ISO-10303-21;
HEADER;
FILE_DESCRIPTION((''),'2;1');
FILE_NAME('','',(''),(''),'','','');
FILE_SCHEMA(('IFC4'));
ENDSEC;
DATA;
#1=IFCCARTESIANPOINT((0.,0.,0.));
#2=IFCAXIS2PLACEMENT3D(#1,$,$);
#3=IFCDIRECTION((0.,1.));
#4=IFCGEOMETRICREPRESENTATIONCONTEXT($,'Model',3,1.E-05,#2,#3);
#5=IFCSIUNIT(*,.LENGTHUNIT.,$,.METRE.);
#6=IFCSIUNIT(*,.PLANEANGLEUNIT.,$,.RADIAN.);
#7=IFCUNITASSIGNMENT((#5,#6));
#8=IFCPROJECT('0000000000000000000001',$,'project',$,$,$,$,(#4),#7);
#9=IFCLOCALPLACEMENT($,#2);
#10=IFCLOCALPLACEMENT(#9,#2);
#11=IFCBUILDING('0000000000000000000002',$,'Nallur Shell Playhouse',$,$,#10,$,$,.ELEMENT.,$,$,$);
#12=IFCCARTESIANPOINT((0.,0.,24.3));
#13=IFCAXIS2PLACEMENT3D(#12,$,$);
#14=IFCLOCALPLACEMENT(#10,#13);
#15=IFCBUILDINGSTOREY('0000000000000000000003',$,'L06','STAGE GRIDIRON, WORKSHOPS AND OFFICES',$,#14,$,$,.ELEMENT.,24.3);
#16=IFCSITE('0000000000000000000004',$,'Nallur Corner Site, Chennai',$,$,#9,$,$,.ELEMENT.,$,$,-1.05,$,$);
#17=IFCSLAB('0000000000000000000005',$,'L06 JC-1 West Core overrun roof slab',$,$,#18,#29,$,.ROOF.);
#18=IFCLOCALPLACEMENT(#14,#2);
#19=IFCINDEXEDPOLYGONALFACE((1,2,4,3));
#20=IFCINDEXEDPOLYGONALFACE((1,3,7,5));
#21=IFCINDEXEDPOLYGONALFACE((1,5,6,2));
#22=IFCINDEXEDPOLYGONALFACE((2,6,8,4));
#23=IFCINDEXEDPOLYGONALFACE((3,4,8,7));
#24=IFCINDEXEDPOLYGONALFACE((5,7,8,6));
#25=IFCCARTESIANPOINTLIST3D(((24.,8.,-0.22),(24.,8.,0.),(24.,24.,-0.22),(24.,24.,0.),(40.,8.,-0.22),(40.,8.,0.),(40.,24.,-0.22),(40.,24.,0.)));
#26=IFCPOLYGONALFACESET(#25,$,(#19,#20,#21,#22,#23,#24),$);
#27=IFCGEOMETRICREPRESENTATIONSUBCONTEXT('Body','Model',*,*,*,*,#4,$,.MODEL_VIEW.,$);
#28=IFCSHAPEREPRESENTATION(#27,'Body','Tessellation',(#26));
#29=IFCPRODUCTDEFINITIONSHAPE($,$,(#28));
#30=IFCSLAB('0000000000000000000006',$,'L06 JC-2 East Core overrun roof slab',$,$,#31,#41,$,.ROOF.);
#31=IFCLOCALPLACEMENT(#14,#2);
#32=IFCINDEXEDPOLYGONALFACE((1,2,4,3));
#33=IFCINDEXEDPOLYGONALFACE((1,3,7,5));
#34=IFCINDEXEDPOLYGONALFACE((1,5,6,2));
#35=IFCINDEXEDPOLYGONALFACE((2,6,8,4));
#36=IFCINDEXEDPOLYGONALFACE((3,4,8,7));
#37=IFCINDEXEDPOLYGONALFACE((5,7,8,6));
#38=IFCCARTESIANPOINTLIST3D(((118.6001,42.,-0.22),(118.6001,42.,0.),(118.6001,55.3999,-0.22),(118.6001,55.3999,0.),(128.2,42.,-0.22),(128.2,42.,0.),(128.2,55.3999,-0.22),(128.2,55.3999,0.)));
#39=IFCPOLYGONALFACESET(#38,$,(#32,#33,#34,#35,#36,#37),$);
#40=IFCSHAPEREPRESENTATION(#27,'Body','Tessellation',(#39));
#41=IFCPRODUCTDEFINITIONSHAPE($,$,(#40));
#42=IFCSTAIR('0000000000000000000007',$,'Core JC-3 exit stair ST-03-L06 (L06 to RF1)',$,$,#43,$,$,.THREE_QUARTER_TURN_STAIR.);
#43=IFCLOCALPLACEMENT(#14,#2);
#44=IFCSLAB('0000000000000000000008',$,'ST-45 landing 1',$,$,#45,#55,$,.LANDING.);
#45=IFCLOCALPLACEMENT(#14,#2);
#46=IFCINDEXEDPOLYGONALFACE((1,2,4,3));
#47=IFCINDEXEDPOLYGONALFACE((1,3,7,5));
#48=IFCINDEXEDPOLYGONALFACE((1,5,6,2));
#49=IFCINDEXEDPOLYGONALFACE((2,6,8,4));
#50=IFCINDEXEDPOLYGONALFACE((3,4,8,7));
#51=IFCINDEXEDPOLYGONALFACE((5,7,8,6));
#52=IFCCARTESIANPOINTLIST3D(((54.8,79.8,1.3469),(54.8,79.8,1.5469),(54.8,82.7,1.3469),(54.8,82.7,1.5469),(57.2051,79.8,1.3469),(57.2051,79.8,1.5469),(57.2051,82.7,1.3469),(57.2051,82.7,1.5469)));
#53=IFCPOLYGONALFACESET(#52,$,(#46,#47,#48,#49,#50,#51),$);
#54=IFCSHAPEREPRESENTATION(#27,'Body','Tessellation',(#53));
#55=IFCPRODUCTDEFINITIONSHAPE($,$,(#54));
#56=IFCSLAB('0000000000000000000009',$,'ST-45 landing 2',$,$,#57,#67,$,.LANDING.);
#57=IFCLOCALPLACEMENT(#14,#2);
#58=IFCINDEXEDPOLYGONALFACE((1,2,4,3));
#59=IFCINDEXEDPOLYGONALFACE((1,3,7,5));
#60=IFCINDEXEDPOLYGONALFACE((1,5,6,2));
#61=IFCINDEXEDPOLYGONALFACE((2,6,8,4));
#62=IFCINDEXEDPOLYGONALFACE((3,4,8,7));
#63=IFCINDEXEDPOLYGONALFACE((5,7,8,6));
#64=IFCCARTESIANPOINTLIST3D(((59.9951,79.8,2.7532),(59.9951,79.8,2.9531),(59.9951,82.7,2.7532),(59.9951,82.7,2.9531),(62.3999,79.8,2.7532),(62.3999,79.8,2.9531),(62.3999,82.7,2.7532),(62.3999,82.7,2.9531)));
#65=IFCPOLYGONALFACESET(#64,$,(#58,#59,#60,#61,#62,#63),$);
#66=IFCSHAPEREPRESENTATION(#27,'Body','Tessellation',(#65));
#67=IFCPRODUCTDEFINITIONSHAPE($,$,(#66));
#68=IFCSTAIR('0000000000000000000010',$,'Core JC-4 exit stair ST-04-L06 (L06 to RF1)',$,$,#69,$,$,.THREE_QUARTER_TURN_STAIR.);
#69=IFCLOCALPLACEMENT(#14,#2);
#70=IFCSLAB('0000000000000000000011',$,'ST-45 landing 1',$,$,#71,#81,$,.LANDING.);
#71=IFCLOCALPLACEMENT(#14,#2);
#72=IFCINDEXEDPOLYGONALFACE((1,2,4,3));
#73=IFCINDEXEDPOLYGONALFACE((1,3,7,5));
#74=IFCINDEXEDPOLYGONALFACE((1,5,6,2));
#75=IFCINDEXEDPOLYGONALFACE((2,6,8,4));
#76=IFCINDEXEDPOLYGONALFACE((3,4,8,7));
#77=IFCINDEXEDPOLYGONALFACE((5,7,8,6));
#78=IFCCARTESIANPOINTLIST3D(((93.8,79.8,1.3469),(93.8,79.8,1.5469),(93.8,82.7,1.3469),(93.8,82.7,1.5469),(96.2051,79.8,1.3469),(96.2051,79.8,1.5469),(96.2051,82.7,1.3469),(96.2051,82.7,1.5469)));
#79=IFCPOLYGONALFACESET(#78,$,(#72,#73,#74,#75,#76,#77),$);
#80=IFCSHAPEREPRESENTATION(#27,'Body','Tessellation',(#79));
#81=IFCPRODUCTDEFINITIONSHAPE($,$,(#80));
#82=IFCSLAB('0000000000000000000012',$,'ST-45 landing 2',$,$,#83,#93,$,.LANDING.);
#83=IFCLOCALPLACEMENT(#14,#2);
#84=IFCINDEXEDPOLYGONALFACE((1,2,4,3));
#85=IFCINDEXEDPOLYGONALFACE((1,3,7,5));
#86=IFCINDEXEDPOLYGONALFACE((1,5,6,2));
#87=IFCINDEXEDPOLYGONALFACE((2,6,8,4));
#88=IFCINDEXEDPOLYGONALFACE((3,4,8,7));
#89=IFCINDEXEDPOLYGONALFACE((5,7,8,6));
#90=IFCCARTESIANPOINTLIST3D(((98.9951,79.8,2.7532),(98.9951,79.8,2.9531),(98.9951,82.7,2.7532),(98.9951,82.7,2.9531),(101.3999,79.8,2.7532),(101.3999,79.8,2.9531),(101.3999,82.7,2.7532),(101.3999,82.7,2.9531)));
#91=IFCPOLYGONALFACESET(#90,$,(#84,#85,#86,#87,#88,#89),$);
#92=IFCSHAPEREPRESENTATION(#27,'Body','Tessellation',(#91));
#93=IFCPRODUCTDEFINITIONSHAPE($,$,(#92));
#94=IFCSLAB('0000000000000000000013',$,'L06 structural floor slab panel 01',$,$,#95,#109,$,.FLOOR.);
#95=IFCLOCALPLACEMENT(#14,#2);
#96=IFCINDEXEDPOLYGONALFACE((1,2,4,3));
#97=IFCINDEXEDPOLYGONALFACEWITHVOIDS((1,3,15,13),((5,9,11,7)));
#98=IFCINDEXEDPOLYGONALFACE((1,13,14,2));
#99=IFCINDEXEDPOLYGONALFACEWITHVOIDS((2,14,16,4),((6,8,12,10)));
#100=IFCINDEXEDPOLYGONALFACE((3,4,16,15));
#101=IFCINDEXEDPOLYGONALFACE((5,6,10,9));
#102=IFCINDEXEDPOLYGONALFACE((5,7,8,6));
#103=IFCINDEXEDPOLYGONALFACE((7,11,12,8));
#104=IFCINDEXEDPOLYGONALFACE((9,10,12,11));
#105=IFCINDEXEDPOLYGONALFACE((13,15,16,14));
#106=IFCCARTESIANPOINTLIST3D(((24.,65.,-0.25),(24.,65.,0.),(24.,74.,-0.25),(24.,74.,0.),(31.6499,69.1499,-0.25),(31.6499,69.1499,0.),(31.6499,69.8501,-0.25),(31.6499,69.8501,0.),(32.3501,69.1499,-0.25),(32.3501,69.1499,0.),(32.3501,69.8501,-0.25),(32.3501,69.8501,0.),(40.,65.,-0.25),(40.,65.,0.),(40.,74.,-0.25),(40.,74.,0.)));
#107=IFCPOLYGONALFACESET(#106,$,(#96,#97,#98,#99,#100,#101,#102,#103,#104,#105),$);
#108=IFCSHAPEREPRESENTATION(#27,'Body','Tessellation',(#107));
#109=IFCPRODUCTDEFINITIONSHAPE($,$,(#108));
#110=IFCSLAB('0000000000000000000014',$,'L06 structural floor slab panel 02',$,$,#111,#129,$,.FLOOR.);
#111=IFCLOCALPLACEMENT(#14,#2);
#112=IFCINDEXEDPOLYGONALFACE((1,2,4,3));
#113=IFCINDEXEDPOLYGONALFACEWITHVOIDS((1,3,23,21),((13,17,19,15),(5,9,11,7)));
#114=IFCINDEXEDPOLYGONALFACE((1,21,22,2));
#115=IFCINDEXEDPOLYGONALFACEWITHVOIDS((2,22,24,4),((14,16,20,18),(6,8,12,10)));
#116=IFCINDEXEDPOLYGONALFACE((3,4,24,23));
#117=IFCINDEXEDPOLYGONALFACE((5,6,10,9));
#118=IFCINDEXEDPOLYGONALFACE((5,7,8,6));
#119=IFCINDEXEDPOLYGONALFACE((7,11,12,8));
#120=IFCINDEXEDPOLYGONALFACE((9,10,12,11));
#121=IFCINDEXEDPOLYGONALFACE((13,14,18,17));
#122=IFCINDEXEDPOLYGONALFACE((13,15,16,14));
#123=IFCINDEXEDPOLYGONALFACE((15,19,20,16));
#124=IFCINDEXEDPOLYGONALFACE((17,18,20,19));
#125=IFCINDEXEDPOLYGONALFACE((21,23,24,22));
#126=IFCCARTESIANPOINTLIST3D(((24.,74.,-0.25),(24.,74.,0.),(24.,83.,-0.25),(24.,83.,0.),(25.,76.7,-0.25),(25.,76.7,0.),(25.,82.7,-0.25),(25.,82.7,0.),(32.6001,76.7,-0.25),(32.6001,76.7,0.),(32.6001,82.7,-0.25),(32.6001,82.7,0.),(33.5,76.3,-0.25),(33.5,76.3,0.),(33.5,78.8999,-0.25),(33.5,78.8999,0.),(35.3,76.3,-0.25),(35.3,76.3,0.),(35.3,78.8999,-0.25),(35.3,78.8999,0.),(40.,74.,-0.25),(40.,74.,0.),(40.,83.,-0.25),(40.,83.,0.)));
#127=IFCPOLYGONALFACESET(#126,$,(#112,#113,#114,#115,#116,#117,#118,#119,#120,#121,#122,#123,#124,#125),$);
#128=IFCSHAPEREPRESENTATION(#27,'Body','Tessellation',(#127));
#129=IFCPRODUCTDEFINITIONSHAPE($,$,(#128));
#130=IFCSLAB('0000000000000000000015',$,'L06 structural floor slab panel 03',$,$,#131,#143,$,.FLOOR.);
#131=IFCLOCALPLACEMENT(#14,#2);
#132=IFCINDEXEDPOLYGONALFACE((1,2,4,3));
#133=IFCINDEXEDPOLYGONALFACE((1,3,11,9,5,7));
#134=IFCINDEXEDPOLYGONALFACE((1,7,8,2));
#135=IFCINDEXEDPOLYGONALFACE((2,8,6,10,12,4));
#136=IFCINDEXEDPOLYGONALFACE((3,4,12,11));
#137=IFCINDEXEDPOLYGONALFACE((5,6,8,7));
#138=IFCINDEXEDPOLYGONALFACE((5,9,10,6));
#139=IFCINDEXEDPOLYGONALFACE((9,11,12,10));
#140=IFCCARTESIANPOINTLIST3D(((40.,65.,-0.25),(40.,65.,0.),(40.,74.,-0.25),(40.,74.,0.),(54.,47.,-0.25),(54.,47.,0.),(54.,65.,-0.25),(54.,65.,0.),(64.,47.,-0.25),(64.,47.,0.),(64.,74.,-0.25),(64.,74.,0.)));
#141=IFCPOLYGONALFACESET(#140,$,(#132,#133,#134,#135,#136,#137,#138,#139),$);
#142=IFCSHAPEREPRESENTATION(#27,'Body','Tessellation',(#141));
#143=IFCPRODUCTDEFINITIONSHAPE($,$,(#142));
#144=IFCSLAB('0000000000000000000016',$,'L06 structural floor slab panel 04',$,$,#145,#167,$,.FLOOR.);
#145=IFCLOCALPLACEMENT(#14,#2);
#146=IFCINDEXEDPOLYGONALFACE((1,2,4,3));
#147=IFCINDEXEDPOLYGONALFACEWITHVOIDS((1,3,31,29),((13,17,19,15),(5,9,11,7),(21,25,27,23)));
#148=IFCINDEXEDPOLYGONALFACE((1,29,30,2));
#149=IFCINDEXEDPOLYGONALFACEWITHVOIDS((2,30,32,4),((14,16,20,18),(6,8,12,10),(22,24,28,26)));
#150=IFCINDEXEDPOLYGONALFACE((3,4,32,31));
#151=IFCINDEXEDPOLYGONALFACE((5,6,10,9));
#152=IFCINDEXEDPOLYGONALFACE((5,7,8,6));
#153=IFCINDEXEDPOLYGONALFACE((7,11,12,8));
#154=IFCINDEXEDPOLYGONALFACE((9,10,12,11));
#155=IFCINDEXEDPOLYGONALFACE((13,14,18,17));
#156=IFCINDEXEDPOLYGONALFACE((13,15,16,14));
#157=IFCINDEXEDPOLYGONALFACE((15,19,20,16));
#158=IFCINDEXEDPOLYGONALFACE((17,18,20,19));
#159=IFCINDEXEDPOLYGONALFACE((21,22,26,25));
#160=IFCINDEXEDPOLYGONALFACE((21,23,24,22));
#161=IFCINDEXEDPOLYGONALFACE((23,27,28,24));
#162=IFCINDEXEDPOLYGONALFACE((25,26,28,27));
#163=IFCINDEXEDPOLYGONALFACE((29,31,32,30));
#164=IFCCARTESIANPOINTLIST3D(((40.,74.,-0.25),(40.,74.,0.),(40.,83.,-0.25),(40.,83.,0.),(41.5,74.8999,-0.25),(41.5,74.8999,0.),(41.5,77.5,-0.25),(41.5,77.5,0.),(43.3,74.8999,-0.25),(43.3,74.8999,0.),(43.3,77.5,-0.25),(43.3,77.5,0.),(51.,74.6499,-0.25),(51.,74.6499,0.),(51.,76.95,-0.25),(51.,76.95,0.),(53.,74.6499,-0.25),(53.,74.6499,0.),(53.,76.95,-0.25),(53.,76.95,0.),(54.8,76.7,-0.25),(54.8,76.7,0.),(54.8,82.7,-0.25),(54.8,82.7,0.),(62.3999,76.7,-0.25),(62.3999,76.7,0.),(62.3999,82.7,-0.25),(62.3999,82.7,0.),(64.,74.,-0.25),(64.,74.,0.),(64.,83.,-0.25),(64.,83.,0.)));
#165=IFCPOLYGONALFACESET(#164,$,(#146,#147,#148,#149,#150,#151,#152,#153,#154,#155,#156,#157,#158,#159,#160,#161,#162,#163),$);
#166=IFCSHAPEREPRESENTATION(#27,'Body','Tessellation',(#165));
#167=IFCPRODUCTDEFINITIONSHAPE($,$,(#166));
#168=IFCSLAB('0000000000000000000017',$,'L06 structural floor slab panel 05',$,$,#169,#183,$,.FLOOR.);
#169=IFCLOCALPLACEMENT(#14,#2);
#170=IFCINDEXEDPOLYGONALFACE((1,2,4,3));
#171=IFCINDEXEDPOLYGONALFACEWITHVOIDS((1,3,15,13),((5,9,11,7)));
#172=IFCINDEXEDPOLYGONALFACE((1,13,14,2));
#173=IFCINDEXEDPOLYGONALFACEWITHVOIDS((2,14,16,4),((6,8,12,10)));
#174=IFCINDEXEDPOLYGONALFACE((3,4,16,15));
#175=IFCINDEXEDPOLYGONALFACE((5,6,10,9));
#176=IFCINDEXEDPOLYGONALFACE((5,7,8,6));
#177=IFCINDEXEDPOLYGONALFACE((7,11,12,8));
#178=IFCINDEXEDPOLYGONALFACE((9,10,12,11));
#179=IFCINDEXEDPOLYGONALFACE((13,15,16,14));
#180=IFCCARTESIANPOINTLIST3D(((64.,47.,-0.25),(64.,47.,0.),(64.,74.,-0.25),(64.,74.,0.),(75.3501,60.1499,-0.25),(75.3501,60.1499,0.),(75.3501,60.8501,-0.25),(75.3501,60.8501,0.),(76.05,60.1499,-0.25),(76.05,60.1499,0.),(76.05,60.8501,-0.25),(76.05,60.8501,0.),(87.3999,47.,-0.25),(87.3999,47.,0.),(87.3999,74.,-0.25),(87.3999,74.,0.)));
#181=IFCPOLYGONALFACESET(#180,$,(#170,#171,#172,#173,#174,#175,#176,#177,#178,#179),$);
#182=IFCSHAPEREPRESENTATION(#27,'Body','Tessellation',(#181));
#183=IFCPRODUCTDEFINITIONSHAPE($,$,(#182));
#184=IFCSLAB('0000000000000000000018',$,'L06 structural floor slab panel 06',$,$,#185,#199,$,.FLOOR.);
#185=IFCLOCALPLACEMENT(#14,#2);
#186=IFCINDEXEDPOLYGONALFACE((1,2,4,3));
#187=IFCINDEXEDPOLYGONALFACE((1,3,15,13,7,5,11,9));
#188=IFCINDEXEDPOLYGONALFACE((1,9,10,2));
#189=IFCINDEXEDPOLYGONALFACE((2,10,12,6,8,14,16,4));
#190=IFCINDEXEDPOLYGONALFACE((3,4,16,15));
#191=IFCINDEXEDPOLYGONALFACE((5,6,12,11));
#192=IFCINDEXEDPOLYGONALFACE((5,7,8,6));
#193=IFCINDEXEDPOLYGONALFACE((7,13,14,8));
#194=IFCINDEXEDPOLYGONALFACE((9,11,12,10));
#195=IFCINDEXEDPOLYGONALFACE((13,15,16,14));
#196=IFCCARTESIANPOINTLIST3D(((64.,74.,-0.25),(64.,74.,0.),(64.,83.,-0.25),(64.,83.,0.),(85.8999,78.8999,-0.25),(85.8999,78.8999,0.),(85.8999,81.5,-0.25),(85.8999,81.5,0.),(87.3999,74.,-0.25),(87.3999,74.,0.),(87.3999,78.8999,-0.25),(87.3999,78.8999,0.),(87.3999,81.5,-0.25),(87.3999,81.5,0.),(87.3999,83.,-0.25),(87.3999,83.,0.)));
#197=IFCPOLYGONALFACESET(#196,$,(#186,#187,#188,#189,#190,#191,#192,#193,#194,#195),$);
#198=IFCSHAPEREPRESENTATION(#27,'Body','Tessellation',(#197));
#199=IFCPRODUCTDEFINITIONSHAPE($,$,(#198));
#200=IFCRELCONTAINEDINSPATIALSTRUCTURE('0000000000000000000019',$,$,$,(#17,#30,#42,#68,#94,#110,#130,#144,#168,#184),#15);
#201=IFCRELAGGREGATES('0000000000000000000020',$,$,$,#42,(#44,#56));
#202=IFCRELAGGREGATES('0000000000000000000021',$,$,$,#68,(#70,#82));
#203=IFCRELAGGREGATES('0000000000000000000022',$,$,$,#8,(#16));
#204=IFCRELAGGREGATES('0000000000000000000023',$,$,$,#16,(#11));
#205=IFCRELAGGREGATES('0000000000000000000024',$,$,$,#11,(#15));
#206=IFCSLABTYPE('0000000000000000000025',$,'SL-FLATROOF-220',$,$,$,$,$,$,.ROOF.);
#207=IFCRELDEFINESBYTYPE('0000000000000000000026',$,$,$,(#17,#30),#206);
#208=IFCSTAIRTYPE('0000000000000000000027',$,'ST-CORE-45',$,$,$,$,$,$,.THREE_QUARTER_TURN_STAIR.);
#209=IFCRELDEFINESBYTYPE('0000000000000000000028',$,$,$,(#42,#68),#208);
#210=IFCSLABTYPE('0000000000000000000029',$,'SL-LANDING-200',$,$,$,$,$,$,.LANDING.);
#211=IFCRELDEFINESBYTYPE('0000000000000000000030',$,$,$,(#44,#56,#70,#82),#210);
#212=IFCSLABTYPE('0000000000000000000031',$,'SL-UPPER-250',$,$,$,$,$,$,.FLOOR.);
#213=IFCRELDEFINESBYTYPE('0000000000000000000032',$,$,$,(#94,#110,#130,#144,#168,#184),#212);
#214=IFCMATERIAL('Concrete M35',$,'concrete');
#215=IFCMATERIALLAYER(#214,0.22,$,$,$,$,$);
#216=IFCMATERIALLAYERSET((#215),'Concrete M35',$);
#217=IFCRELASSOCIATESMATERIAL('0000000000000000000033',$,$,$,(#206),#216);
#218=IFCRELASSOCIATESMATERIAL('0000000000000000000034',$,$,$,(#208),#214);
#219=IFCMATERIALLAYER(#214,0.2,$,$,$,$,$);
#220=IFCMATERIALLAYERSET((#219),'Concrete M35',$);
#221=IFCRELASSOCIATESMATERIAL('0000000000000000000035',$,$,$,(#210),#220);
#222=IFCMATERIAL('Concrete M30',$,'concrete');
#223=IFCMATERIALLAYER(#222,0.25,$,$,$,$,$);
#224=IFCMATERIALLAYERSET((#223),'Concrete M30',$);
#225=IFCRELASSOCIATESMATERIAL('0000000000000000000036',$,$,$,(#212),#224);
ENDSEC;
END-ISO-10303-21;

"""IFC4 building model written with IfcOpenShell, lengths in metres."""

from ifc_helpers import new_model, si_unit, direction, frame, origin, place, context, subcontext, project, spatial, polyline, outline, extrude, material, layer, layer_set, type_object, element, aggregate, save


model = new_model("IFC4")

# Units and contexts
model_context = context("Model", 3, precision=1e-05, world=origin(), true_north=direction((0.0, 1.0)))
body_context = subcontext(model_context, "Body", "Model", "MODEL_VIEW")
ifc_project = project(units=[si_unit("LENGTHUNIT", "METRE"), si_unit("PLANEANGLEUNIT", "RADIAN")], contexts=[model_context])

# Site, building, storey
site_placement = place(None, origin())
site = spatial("IfcSite", under=ifc_project, at=site_placement, Name="Nallur Corner Site, Chennai", CompositionType="ELEMENT", RefElevation=-1.05)
building_placement = place(site_placement, origin())
building = spatial("IfcBuilding", under=site, at=building_placement, Name="Nallur Shell Playhouse", CompositionType="ELEMENT")
storey_placement = place(building_placement, frame((0.0, 0.0, 24.3)))
storey = spatial("IfcBuildingStorey", under=building, at=storey_placement, Name="L06", Description="STAGE GRIDIRON, WORKSHOPS AND OFFICES", CompositionType="ELEMENT", Elevation=24.3)

# Slabs
ifc_material_1 = material(Name="Concrete M35", Category="concrete")
ifc_layer_1 = layer(ifc_material_1, 0.22)
ifc_layer_set_1 = layer_set([ifc_layer_1], Name="Concrete M35")
slab_type_1 = type_object("IfcSlabType", Name="SL-FLATROOF-220", PredefinedType="ROOF", material=ifc_layer_set_1)
slab_1_placement = place(storey_placement, frame((0.0, 0.0, -0.22)))
element("IfcSlab", 1, at=slab_1_placement, inside=storey, type_object=slab_type_1, Name="L06 JC-1 West Core overrun roof slab", PredefinedType="ROOF", context=body_context, shape_type="SweptSolid", body=[
    extrude(outline(polyline([(24.0, 8.0), (24.0, 24.0), (40.0, 24.0), (40.0, 8.0), (24.0, 8.0)])), origin(), (0.0, 0.0, 1.0), 0.22),
])
slab_2_placement = place(storey_placement, frame((0.0, 0.0, -0.22)))
element("IfcSlab", 2, at=slab_2_placement, inside=storey, type_object=slab_type_1, Name="L06 JC-2 East Core overrun roof slab", PredefinedType="ROOF", context=body_context, shape_type="SweptSolid", body=[
    extrude(outline(polyline([(118.6001, 42.0), (118.6001, 55.3999), (128.2, 55.3999), (128.2, 42.0), (118.6001, 42.0)])), origin(), (0.0, 0.0, 1.0), 0.22),
])

# Stairs, slabs
stair_type = type_object("IfcStairType", Name="ST-CORE-45", PredefinedType="THREE_QUARTER_TURN_STAIR", material=ifc_material_1)
stair_1_placement = place(storey_placement, origin())
stair_1 = element("IfcStair", 3, at=stair_1_placement, inside=storey, type_object=stair_type, Name="Core JC-3 exit stair ST-03-L06 (L06 to RF1)", PredefinedType="THREE_QUARTER_TURN_STAIR")
ifc_layer_2 = layer(ifc_material_1, 0.2)
ifc_layer_set_2 = layer_set([ifc_layer_2], Name="Concrete M35")
slab_type_2 = type_object("IfcSlabType", Name="SL-LANDING-200", PredefinedType="LANDING", material=ifc_layer_set_2)
slab_3_placement = place(storey_placement, frame((0.0, 0.0, 1.3469)))
slab_3 = element("IfcSlab", 4, at=slab_3_placement, type_object=slab_type_2, Name="ST-45 landing 1", PredefinedType="LANDING", context=body_context, shape_type="SweptSolid", body=[
    extrude(outline(polyline([(54.8, 79.8), (57.2051, 79.8), (57.2051, 82.7), (54.8, 82.7), (54.8, 79.8)])), origin(), (0.0, 0.0, 1.0), 0.2),
])
slab_4_placement = place(storey_placement, frame((0.0, 0.0, 2.7532)))
slab_4 = element("IfcSlab", 5, at=slab_4_placement, type_object=slab_type_2, Name="ST-45 landing 2", PredefinedType="LANDING", context=body_context, shape_type="SweptSolid", body=[
    extrude(outline(polyline([(59.9951, 79.8), (62.3999, 79.8), (62.3999, 82.7), (59.9951, 82.7), (59.9951, 79.8)])), origin(), (0.0, 0.0, 1.0), 0.2),
])
aggregate(stair_1, [slab_3, slab_4])
stair_2_placement = place(storey_placement, origin())
stair_2 = element("IfcStair", 6, at=stair_2_placement, inside=storey, type_object=stair_type, Name="Core JC-4 exit stair ST-04-L06 (L06 to RF1)", PredefinedType="THREE_QUARTER_TURN_STAIR")
slab_5_placement = place(storey_placement, frame((0.0, 0.0, 1.3469)))
slab_5 = element("IfcSlab", 7, at=slab_5_placement, type_object=slab_type_2, Name="ST-45 landing 1", PredefinedType="LANDING", context=body_context, shape_type="SweptSolid", body=[
    extrude(outline(polyline([(93.8, 79.8), (96.2051, 79.8), (96.2051, 82.7), (93.8, 82.7), (93.8, 79.8)])), origin(), (0.0, 0.0, 1.0), 0.2),
])
slab_6_placement = place(storey_placement, frame((0.0, 0.0, 2.7532)))
slab_6 = element("IfcSlab", 8, at=slab_6_placement, type_object=slab_type_2, Name="ST-45 landing 2", PredefinedType="LANDING", context=body_context, shape_type="SweptSolid", body=[
    extrude(outline(polyline([(98.9951, 79.8), (101.3999, 79.8), (101.3999, 82.7), (98.9951, 82.7), (98.9951, 79.8)])), origin(), (0.0, 0.0, 1.0), 0.2),
])
aggregate(stair_2, [slab_5, slab_6])

# Slabs
ifc_material_2 = material(Name="Concrete M30", Category="concrete")
ifc_layer_3 = layer(ifc_material_2, 0.25)
ifc_layer_set_3 = layer_set([ifc_layer_3], Name="Concrete M30")
slab_type_3 = type_object("IfcSlabType", Name="SL-UPPER-250", PredefinedType="FLOOR", material=ifc_layer_set_3)
slab_7_placement = place(storey_placement, frame((0.0, 0.0, -0.25)))
element("IfcSlab", 9, at=slab_7_placement, inside=storey, type_object=slab_type_3, Name="L06 structural floor slab panel 01", PredefinedType="FLOOR", context=body_context, shape_type="SweptSolid", body=[
    extrude(outline(polyline([(24.0, 65.0), (24.0, 74.0), (40.0, 74.0), (40.0, 65.0), (24.0, 65.0)]), holes=[polyline([(31.6499, 69.1499), (32.3501, 69.1499), (32.3501, 69.8501), (31.6499, 69.8501), (31.6499, 69.1499)])]), origin(), (0.0, 0.0, 1.0), 0.25),
])
slab_8_placement = place(storey_placement, frame((0.0, 0.0, -0.25)))
element("IfcSlab", 10, at=slab_8_placement, inside=storey, type_object=slab_type_3, Name="L06 structural floor slab panel 02", PredefinedType="FLOOR", context=body_context, shape_type="SweptSolid", body=[
    extrude(outline(polyline([(24.0, 83.0), (40.0, 83.0), (40.0, 74.0), (24.0, 74.0), (24.0, 83.0)]), holes=[polyline([(33.5, 76.3), (35.3, 76.3), (35.3, 78.8999), (33.5, 78.8999), (33.5, 76.3)]), polyline([(25.0, 82.7), (25.0, 76.7), (32.6001, 76.7), (32.6001, 82.7), (25.0, 82.7)])]), origin(), (0.0, 0.0, 1.0), 0.25),
])
slab_9_placement = place(storey_placement, frame((0.0, 0.0, -0.25)))
element("IfcSlab", 11, at=slab_9_placement, inside=storey, type_object=slab_type_3, Name="L06 structural floor slab panel 03", PredefinedType="FLOOR", context=body_context, shape_type="SweptSolid", body=[
    extrude(outline(polyline([(40.0, 65.0), (40.0, 74.0), (64.0, 74.0), (64.0, 47.0), (54.0, 47.0), (54.0, 65.0), (40.0, 65.0)])), origin(), (0.0, 0.0, 1.0), 0.25),
])
slab_10_placement = place(storey_placement, frame((0.0, 0.0, -0.25)))
element("IfcSlab", 12, at=slab_10_placement, inside=storey, type_object=slab_type_3, Name="L06 structural floor slab panel 04", PredefinedType="FLOOR", context=body_context, shape_type="SweptSolid", body=[
    extrude(outline(polyline([(64.0, 83.0), (64.0, 74.0), (40.0, 74.0), (40.0, 83.0), (64.0, 83.0)]), holes=[polyline([(51.0, 74.6499), (53.0, 74.6499), (53.0, 76.95), (51.0, 76.95), (51.0, 74.6499)]), polyline([(41.5, 74.8999), (43.3, 74.8999), (43.3, 77.5), (41.5, 77.5), (41.5, 74.8999)]), polyline([(54.8, 82.7), (54.8, 76.7), (62.3999, 76.7), (62.3999, 82.7), (54.8, 82.7)])]), origin(), (0.0, 0.0, 1.0), 0.25),
])
slab_11_placement = place(storey_placement, frame((0.0, 0.0, -0.25)))
element("IfcSlab", 13, at=slab_11_placement, inside=storey, type_object=slab_type_3, Name="L06 structural floor slab panel 05", PredefinedType="FLOOR", context=body_context, shape_type="SweptSolid", body=[
    extrude(outline(polyline([(64.0, 47.0), (64.0, 74.0), (87.3999, 74.0), (87.3999, 47.0), (64.0, 47.0)]), holes=[polyline([(75.3501, 60.1499), (76.05, 60.1499), (76.05, 60.8501), (75.3501, 60.8501), (75.3501, 60.1499)])]), origin(), (0.0, 0.0, 1.0), 0.25),
])
slab_12_placement = place(storey_placement, frame((0.0, 0.0, -0.25)))
element("IfcSlab", 14, at=slab_12_placement, inside=storey, type_object=slab_type_3, Name="L06 structural floor slab panel 06", PredefinedType="FLOOR", context=body_context, shape_type="SweptSolid", body=[
    extrude(outline(polyline([(87.3999, 83.0), (87.3999, 81.5), (85.8999, 81.5), (85.8999, 78.8999), (87.3999, 78.8999), (87.3999, 74.0), (64.0, 74.0), (64.0, 83.0), (87.3999, 83.0)])), origin(), (0.0, 0.0, 1.0), 0.25),
])

save(model, "model.ifc")
